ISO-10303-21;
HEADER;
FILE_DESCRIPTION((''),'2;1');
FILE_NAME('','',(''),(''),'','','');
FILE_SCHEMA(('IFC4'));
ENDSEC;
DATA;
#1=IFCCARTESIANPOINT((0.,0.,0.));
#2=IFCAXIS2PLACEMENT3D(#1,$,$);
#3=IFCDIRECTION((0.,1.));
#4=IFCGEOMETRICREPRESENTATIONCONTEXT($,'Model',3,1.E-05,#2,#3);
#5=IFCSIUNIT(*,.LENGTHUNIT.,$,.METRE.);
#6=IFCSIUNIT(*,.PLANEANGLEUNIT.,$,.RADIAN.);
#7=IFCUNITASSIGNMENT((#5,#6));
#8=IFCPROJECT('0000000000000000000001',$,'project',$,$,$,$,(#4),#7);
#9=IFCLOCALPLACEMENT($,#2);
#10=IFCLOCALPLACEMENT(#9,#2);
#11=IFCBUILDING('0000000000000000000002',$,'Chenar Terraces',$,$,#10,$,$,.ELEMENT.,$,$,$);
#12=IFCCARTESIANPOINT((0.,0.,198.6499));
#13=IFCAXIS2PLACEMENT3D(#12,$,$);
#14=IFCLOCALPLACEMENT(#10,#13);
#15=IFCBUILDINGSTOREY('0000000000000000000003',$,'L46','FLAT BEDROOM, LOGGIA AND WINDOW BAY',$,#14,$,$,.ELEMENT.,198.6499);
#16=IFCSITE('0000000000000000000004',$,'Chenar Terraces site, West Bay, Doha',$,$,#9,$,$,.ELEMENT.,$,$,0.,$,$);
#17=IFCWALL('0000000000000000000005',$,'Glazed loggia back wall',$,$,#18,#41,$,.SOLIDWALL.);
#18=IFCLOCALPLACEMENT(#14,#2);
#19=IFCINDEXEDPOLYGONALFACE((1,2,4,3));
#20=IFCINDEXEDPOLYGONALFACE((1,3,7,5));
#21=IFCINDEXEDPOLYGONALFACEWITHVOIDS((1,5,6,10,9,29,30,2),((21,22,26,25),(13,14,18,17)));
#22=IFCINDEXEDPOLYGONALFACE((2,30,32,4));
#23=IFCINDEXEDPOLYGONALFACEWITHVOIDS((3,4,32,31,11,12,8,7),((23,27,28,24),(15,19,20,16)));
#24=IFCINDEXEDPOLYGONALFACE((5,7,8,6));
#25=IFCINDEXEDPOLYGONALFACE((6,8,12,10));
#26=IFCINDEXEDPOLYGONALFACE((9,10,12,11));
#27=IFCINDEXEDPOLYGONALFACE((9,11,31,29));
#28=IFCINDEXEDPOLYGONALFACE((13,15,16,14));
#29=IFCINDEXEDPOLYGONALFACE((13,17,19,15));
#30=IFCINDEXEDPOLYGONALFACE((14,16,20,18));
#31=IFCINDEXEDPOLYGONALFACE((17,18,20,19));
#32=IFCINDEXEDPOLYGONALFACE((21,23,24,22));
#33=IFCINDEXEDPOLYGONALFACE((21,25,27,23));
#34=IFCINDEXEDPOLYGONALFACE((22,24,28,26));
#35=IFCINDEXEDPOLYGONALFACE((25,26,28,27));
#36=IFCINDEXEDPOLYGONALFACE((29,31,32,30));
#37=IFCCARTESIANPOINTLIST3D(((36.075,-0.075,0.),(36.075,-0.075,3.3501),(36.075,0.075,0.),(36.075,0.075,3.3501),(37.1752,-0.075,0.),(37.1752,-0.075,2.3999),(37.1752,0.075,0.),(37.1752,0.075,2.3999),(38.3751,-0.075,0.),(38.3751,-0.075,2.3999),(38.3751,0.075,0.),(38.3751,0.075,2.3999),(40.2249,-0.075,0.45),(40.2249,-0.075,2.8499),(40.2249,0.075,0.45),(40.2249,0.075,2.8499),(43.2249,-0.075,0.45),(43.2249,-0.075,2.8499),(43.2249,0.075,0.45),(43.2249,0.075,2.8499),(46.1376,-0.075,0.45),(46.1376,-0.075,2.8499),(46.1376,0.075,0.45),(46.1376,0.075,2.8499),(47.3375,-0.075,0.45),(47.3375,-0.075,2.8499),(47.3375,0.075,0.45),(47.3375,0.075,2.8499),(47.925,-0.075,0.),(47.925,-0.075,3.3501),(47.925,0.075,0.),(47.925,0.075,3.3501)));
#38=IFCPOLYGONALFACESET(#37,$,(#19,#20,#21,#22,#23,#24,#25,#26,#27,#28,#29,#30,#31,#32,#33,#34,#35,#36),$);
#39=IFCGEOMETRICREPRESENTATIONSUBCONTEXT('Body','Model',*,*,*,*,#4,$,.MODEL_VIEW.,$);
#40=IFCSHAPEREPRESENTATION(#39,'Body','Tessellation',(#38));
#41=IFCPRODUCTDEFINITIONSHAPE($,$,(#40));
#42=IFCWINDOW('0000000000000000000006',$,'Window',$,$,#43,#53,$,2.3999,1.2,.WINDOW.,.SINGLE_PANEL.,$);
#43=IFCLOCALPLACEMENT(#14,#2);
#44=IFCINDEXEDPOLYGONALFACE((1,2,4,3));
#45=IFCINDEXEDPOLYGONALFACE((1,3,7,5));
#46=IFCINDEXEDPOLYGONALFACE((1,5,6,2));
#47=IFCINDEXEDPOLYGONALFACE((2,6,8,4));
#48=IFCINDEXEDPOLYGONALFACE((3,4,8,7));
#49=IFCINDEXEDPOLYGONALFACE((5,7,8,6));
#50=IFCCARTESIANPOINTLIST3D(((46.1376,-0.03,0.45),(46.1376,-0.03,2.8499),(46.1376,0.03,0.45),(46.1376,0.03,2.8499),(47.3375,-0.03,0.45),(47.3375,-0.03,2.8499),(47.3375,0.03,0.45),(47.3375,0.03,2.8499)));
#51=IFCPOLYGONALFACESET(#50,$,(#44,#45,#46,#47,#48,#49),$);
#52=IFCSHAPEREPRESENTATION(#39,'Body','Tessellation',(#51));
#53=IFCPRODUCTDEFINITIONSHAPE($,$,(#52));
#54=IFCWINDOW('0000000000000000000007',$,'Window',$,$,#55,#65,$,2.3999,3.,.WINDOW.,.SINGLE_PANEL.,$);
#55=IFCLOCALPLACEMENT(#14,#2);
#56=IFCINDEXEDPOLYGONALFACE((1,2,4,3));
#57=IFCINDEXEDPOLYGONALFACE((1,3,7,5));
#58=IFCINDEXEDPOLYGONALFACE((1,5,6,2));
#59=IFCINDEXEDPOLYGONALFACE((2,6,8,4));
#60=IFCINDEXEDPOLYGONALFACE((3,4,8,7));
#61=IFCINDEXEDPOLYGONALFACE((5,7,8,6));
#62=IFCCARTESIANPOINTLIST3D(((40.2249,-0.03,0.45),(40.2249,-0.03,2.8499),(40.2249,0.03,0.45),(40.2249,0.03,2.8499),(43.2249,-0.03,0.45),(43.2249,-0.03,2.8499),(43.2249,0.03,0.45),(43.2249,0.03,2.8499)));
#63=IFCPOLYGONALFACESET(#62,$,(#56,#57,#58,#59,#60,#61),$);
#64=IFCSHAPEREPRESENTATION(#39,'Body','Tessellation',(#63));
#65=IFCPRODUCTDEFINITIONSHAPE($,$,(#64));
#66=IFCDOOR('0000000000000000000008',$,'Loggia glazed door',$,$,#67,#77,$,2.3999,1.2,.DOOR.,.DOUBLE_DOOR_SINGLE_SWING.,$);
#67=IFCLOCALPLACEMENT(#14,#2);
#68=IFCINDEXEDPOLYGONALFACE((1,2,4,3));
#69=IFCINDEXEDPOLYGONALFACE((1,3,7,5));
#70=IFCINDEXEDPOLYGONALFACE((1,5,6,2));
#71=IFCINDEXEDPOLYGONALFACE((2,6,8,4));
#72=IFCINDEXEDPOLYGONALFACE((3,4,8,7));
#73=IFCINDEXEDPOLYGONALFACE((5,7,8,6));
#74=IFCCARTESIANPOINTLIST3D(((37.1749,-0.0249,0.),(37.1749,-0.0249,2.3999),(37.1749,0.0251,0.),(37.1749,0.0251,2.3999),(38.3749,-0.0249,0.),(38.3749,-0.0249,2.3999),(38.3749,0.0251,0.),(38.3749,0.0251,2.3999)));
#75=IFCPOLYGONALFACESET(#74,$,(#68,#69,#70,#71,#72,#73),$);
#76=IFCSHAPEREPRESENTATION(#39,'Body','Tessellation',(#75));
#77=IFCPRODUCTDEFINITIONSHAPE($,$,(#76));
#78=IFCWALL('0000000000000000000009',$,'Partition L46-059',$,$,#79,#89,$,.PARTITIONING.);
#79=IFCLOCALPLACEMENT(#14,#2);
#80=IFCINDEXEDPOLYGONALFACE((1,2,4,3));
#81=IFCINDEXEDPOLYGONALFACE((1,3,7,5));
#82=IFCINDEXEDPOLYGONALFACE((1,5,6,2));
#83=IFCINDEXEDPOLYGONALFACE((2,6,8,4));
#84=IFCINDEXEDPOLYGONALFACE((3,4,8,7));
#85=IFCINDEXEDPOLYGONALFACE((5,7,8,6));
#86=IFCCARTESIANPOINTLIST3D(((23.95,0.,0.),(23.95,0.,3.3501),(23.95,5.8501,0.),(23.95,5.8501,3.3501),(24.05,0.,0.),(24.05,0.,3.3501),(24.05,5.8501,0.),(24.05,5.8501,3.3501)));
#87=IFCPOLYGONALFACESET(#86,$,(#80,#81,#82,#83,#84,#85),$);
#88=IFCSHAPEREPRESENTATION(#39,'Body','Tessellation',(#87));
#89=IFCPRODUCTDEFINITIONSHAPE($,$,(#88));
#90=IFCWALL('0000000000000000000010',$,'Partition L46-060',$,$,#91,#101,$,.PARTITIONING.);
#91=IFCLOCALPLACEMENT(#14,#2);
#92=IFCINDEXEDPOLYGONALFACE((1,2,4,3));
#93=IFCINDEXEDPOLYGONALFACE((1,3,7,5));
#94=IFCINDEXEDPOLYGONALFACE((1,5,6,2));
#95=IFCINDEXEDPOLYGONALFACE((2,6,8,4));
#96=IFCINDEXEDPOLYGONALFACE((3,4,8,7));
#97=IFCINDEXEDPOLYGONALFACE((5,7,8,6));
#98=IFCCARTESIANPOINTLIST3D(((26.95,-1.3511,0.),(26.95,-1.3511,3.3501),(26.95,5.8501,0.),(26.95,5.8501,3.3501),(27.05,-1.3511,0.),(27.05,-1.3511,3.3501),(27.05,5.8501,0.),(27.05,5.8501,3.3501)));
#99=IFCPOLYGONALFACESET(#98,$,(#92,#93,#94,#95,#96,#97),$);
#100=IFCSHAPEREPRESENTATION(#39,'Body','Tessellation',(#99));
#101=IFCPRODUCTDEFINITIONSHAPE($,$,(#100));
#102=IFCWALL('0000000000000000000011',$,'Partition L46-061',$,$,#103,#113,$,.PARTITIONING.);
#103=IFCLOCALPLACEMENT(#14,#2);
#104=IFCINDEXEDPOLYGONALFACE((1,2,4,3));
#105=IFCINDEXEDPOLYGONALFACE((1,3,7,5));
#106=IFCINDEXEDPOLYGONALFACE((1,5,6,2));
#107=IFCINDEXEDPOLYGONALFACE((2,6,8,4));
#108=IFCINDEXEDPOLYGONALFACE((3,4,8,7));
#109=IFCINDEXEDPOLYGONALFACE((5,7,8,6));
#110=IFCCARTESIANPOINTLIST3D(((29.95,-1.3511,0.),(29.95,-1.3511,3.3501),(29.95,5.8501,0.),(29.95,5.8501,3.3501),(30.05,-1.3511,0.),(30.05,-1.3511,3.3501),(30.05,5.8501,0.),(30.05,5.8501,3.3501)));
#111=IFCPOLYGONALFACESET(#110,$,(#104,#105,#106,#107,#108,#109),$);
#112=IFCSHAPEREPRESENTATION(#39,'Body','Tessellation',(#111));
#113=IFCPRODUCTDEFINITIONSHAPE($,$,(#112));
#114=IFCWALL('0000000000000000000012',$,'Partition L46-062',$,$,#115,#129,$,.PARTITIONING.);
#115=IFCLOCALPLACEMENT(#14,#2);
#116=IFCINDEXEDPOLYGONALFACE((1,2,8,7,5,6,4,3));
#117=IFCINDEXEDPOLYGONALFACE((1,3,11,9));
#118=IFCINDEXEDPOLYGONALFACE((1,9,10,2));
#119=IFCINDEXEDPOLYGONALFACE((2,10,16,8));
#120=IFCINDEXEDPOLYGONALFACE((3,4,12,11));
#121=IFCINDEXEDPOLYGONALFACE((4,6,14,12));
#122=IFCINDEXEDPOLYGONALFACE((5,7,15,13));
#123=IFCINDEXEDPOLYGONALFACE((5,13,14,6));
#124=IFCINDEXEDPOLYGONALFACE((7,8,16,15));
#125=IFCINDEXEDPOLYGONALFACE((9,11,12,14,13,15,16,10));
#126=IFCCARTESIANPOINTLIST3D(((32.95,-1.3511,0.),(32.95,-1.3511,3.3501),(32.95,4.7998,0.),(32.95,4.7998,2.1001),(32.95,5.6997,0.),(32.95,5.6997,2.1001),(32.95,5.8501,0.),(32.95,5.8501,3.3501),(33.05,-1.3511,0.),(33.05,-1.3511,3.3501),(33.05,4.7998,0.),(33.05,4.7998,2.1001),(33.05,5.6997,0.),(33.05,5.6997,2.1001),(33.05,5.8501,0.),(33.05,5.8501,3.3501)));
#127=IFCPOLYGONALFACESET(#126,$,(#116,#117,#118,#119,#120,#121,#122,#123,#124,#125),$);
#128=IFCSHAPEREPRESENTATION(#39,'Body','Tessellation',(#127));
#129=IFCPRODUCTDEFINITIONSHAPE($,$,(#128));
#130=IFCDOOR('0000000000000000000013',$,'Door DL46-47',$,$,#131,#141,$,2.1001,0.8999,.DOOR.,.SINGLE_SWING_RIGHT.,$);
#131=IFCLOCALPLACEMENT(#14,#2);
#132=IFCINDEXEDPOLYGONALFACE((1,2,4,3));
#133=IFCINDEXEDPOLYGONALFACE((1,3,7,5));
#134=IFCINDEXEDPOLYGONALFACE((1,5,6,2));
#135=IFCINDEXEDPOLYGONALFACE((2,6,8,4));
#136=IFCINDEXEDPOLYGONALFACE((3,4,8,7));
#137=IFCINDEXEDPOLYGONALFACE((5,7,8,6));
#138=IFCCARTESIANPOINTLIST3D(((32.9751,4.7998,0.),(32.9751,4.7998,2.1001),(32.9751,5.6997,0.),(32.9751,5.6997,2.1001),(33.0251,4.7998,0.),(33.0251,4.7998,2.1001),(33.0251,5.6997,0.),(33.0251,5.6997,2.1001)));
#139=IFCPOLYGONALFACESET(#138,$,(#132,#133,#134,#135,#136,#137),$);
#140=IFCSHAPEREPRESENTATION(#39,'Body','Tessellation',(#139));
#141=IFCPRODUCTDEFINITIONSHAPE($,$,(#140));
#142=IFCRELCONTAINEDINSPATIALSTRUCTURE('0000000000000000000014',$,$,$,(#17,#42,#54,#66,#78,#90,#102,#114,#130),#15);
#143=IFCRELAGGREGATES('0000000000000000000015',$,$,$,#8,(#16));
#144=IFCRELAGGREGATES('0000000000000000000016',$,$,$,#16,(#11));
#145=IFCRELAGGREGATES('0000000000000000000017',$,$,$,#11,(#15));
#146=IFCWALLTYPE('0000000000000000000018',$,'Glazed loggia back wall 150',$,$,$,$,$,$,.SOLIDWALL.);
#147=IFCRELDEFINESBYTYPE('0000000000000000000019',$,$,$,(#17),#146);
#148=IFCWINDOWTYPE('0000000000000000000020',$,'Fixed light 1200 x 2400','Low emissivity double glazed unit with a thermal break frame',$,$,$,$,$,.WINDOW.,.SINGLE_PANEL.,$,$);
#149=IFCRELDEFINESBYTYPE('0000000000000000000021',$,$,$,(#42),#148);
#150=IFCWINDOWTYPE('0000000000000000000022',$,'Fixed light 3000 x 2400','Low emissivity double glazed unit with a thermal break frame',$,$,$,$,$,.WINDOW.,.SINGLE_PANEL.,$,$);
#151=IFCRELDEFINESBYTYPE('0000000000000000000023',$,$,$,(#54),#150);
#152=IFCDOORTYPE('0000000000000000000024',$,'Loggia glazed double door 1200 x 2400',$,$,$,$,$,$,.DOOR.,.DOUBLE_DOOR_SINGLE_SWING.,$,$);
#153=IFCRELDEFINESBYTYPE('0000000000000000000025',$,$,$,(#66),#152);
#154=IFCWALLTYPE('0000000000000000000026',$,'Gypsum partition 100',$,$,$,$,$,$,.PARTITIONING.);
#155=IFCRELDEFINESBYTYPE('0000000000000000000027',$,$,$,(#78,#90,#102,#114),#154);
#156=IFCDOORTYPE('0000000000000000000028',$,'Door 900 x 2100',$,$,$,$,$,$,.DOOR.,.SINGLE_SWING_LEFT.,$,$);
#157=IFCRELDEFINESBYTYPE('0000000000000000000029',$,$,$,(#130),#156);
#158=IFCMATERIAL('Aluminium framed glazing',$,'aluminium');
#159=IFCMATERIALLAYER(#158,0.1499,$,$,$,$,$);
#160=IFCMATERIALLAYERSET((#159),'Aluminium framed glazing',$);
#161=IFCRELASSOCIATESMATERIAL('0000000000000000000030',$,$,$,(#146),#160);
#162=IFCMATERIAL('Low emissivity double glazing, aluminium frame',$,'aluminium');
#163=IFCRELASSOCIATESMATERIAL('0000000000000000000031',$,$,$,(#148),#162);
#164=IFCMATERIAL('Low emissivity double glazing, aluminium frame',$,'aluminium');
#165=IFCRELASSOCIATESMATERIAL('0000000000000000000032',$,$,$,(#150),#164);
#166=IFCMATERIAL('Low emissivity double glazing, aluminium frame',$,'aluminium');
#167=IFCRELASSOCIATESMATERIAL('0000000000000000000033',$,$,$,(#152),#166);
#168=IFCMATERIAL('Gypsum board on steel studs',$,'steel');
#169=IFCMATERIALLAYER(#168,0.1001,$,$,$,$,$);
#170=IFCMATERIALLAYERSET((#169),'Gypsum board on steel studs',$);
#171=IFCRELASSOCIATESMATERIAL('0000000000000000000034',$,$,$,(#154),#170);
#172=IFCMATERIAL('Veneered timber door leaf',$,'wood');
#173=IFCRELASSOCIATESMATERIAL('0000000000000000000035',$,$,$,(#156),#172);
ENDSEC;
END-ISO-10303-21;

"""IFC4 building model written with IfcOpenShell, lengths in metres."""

from ifc_helpers import new_model, si_unit, direction, frame, frame_2d, origin, place, context, subcontext, project, spatial, rectangle, extrude, material, layer, layer_set, type_object, element, fill, save


model = new_model("IFC4")

# Units and contexts
model_context = context("Model", 3, precision=1e-05, world=origin(), true_north=direction((0.0, 1.0)))
body_context = subcontext(model_context, "Body", "Model", "MODEL_VIEW")
ifc_project = project(units=[si_unit("LENGTHUNIT", "METRE"), si_unit("PLANEANGLEUNIT", "RADIAN")], contexts=[model_context])

# Site, building, storey
site_placement = place(None, origin())
site = spatial("IfcSite", under=ifc_project, at=site_placement, Name="Chenar Terraces site, West Bay, Doha", CompositionType="ELEMENT", RefElevation=0.0)
building_placement = place(site_placement, origin())
building = spatial("IfcBuilding", under=site, at=building_placement, Name="Chenar Terraces", CompositionType="ELEMENT")
storey_placement = place(building_placement, frame((0.0, 0.0, 198.6499)))
storey = spatial("IfcBuildingStorey", under=building, at=storey_placement, Name="L46", Description="FLAT BEDROOM, LOGGIA AND WINDOW BAY", CompositionType="ELEMENT", Elevation=198.6499)

# Wall, openings, windows, door
ifc_material_1 = material(Name="Aluminium framed glazing", Category="aluminium")
ifc_layer_1 = layer(ifc_material_1, 0.1499)
ifc_layer_set_1 = layer_set([ifc_layer_1], Name="Aluminium framed glazing")
wall_type_1 = type_object("IfcWallType", Name="Glazed loggia back wall 150", PredefinedType="SOLIDWALL", material=ifc_layer_set_1)
wall_1_placement = place(storey_placement, frame((36.075, 0.0, 0.0), z_axis=(0.0, 0.0, 1.0), x_axis=(1.0, 0.0, 0.0)))
wall_1 = element("IfcWall", 1, at=wall_1_placement, inside=storey, type_object=wall_type_1, Name="Glazed loggia back wall", PredefinedType="SOLIDWALL", context=body_context, shape_type="SweptSolid", body=[
    extrude(rectangle(XDim=11.8501, YDim=0.1499, at=frame_2d((5.925, 0.0))), origin(), (0.0, 0.0, 1.0), 3.3501),
])
opening_1_placement = place(wall_1_placement, frame((1.1001, 0.0, 0.0)))
opening_1 = element("IfcOpeningElement", 2, at=opening_1_placement, cuts=wall_1, PredefinedType="OPENING", context=body_context, shape_type="SweptSolid", body=[
    extrude(rectangle(XDim=1.2, YDim=2.3999, at=frame_2d((0.6001, 1.2))), frame((0.0, 0.085, 0.0), z_axis=(0.0, -1.0, 0.0), x_axis=(1.0, 0.0, 0.0)), (0.0, 0.0, 1.0), 0.1699),
])
opening_2_placement = place(wall_1_placement, frame((4.1499, 0.0, 0.45)))
opening_2 = element("IfcOpeningElement", 3, at=opening_2_placement, cuts=wall_1, PredefinedType="OPENING", context=body_context, shape_type="SweptSolid", body=[
    extrude(rectangle(XDim=3.0, YDim=2.3999, at=frame_2d((1.5, 1.2))), frame((0.0, 0.085, 0.0), z_axis=(0.0, -1.0, 0.0), x_axis=(1.0, 0.0, 0.0)), (0.0, 0.0, 1.0), 0.1699),
])
opening_3_placement = place(wall_1_placement, frame((10.0625, 0.0, 0.45)))
opening_3 = element("IfcOpeningElement", 4, at=opening_3_placement, cuts=wall_1, PredefinedType="OPENING", context=body_context, shape_type="SweptSolid", body=[
    extrude(rectangle(XDim=1.2, YDim=2.3999, at=frame_2d((0.6001, 1.2))), frame((0.0, 0.085, 0.0), z_axis=(0.0, -1.0, 0.0), x_axis=(1.0, 0.0, 0.0)), (0.0, 0.0, 1.0), 0.1699),
])
ifc_material_2 = material(Name="Low emissivity double glazing, aluminium frame", Category="aluminium")
window_type_1 = type_object("IfcWindowType", Name="Fixed light 1200 x 2400", Description="Low emissivity double glazed unit with a thermal break frame", PartitioningType="SINGLE_PANEL", PredefinedType="WINDOW", material=ifc_material_2)
window_1_placement = place(opening_3_placement, origin())
window_1 = element("IfcWindow", 5, at=window_1_placement, inside=storey, type_object=window_type_1, Name="Window", OverallHeight=2.3999, OverallWidth=1.2, PartitioningType="SINGLE_PANEL", PredefinedType="WINDOW", context=body_context, shape_type="SweptSolid", body=[
    extrude(rectangle(XDim=1.2, YDim=2.3999, at=frame_2d((0.6001, 1.2))), frame((0.0, 0.03, 0.0), z_axis=(0.0, -1.0, 0.0), x_axis=(1.0, 0.0, 0.0)), (0.0, 0.0, 1.0), 0.0601),
])
fill(opening_3, window_1)
ifc_material_3 = material(Name="Low emissivity double glazing, aluminium frame", Category="aluminium")
window_type_2 = type_object("IfcWindowType", Name="Fixed light 3000 x 2400", Description="Low emissivity double glazed unit with a thermal break frame", PartitioningType="SINGLE_PANEL", PredefinedType="WINDOW", material=ifc_material_3)
window_2_placement = place(opening_2_placement, origin())
window_2 = element("IfcWindow", 6, at=window_2_placement, inside=storey, type_object=window_type_2, Name="Window", OverallHeight=2.3999, OverallWidth=3.0, PartitioningType="SINGLE_PANEL", PredefinedType="WINDOW", context=body_context, shape_type="SweptSolid", body=[
    extrude(rectangle(XDim=3.0, YDim=2.3999, at=frame_2d((1.5, 1.2))), frame((0.0, 0.03, 0.0), z_axis=(0.0, -1.0, 0.0), x_axis=(1.0, 0.0, 0.0)), (0.0, 0.0, 1.0), 0.0601),
])
fill(opening_2, window_2)
ifc_material_4 = material(Name="Low emissivity double glazing, aluminium frame", Category="aluminium")
door_type_1 = type_object("IfcDoorType", Name="Loggia glazed double door 1200 x 2400", OperationType="DOUBLE_DOOR_SINGLE_SWING", PredefinedType="DOOR", material=ifc_material_4)
door_1_placement = place(opening_1_placement, frame((1.2, 0.0, 0.0), z_axis=(0.0, 0.0, 1.0), x_axis=(-1.0, 0.0, 0.0)))
door_1 = element("IfcDoor", 7, at=door_1_placement, inside=storey, type_object=door_type_1, Name="Loggia glazed door", OperationType="DOUBLE_DOOR_SINGLE_SWING", OverallHeight=2.3999, OverallWidth=1.2, PredefinedType="DOOR", context=body_context, shape_type="SweptSolid", body=[
    extrude(rectangle(XDim=1.2, YDim=2.3999, at=frame_2d((0.6001, 1.2))), frame((0.0, 0.0249, 0.0), z_axis=(0.0, -1.0, 0.0), x_axis=(1.0, 0.0, 0.0)), (0.0, 0.0, 1.0), 0.05),
])
fill(opening_1, door_1)

# Walls
ifc_material_5 = material(Name="Gypsum board on steel studs", Category="steel")
ifc_layer_2 = layer(ifc_material_5, 0.1001)
ifc_layer_set_2 = layer_set([ifc_layer_2], Name="Gypsum board on steel studs")
wall_type_2 = type_object("IfcWallType", Name="Gypsum partition 100", PredefinedType="PARTITIONING", material=ifc_layer_set_2)
wall_2_placement = place(storey_placement, frame((24.0, 0.0, 0.0), z_axis=(0.0, 0.0, 1.0), x_axis=(0.0, 1.0, 0.0)))
element("IfcWall", 8, at=wall_2_placement, inside=storey, type_object=wall_type_2, Name="Partition L46-059", PredefinedType="PARTITIONING", context=body_context, shape_type="SweptSolid", body=[
    extrude(rectangle(XDim=5.8501, YDim=0.1001, at=frame_2d((2.925, 0.0))), origin(), (0.0, 0.0, 1.0), 3.3501),
])
for number, where, z_axis, x_axis, name in (
    (9, (27.0, -1.3511, 0.0), (0.0, 0.0, 1.0), (0.0, 1.0, 0.0), "Partition L46-060"),
    (10, (30.0, -1.3511, 0.0), (0.0, 0.0, 1.0), (0.0, 1.0, 0.0), "Partition L46-061"),
):
    element("IfcWall", number, at=place(storey_placement, frame(where, z_axis=z_axis, x_axis=x_axis)), inside=storey, type_object=wall_type_2, Name=name, PredefinedType="PARTITIONING", context=body_context, shape_type="SweptSolid", body=[
        extrude(rectangle(XDim=7.2012, YDim=0.1001, at=frame_2d((3.6006, 0.0))), origin(), (0.0, 0.0, 1.0), 3.3501),
    ])

# Wall, opening, door
wall_3_placement = place(storey_placement, frame((33.0, -1.3511, 0.0), z_axis=(0.0, 0.0, 1.0), x_axis=(0.0, 1.0, 0.0)))
wall_3 = element("IfcWall", 11, at=wall_3_placement, inside=storey, type_object=wall_type_2, Name="Partition L46-062", PredefinedType="PARTITIONING", context=body_context, shape_type="SweptSolid", body=[
    extrude(rectangle(XDim=7.2012, YDim=0.1001, at=frame_2d((3.6006, 0.0))), origin(), (0.0, 0.0, 1.0), 3.3501),
])
opening_4_placement = place(wall_3_placement, frame((6.1509, 0.0, 0.0)))
opening_4 = element("IfcOpeningElement", 12, at=opening_4_placement, cuts=wall_3, PredefinedType="OPENING", context=body_context, shape_type="SweptSolid", body=[
    extrude(rectangle(XDim=0.8999, YDim=2.1001, at=frame_2d((0.45, 1.05))), frame((0.0, 0.0601, 0.0), z_axis=(0.0, -1.0, 0.0), x_axis=(1.0, 0.0, 0.0)), (0.0, 0.0, 1.0), 0.1201),
])
ifc_material_6 = material(Name="Veneered timber door leaf", Category="wood")
door_type_2 = type_object("IfcDoorType", Name="Door 900 x 2100", OperationType="SINGLE_SWING_LEFT", PredefinedType="DOOR", material=ifc_material_6)
door_2_placement = place(opening_4_placement, origin())
door_2 = element("IfcDoor", 13, at=door_2_placement, inside=storey, type_object=door_type_2, Name="Door DL46-47", OperationType="SINGLE_SWING_RIGHT", OverallHeight=2.1001, OverallWidth=0.8999, PredefinedType="DOOR", context=body_context, shape_type="SweptSolid", body=[
    extrude(rectangle(XDim=0.8999, YDim=2.1001, at=frame_2d((0.45, 1.05))), frame((0.0, 0.0249, 0.0), z_axis=(0.0, -1.0, 0.0), x_axis=(1.0, 0.0, 0.0)), (0.0, 0.0, 1.0), 0.05),
])
fill(opening_4, door_2)

save(model, "model.ifc")
